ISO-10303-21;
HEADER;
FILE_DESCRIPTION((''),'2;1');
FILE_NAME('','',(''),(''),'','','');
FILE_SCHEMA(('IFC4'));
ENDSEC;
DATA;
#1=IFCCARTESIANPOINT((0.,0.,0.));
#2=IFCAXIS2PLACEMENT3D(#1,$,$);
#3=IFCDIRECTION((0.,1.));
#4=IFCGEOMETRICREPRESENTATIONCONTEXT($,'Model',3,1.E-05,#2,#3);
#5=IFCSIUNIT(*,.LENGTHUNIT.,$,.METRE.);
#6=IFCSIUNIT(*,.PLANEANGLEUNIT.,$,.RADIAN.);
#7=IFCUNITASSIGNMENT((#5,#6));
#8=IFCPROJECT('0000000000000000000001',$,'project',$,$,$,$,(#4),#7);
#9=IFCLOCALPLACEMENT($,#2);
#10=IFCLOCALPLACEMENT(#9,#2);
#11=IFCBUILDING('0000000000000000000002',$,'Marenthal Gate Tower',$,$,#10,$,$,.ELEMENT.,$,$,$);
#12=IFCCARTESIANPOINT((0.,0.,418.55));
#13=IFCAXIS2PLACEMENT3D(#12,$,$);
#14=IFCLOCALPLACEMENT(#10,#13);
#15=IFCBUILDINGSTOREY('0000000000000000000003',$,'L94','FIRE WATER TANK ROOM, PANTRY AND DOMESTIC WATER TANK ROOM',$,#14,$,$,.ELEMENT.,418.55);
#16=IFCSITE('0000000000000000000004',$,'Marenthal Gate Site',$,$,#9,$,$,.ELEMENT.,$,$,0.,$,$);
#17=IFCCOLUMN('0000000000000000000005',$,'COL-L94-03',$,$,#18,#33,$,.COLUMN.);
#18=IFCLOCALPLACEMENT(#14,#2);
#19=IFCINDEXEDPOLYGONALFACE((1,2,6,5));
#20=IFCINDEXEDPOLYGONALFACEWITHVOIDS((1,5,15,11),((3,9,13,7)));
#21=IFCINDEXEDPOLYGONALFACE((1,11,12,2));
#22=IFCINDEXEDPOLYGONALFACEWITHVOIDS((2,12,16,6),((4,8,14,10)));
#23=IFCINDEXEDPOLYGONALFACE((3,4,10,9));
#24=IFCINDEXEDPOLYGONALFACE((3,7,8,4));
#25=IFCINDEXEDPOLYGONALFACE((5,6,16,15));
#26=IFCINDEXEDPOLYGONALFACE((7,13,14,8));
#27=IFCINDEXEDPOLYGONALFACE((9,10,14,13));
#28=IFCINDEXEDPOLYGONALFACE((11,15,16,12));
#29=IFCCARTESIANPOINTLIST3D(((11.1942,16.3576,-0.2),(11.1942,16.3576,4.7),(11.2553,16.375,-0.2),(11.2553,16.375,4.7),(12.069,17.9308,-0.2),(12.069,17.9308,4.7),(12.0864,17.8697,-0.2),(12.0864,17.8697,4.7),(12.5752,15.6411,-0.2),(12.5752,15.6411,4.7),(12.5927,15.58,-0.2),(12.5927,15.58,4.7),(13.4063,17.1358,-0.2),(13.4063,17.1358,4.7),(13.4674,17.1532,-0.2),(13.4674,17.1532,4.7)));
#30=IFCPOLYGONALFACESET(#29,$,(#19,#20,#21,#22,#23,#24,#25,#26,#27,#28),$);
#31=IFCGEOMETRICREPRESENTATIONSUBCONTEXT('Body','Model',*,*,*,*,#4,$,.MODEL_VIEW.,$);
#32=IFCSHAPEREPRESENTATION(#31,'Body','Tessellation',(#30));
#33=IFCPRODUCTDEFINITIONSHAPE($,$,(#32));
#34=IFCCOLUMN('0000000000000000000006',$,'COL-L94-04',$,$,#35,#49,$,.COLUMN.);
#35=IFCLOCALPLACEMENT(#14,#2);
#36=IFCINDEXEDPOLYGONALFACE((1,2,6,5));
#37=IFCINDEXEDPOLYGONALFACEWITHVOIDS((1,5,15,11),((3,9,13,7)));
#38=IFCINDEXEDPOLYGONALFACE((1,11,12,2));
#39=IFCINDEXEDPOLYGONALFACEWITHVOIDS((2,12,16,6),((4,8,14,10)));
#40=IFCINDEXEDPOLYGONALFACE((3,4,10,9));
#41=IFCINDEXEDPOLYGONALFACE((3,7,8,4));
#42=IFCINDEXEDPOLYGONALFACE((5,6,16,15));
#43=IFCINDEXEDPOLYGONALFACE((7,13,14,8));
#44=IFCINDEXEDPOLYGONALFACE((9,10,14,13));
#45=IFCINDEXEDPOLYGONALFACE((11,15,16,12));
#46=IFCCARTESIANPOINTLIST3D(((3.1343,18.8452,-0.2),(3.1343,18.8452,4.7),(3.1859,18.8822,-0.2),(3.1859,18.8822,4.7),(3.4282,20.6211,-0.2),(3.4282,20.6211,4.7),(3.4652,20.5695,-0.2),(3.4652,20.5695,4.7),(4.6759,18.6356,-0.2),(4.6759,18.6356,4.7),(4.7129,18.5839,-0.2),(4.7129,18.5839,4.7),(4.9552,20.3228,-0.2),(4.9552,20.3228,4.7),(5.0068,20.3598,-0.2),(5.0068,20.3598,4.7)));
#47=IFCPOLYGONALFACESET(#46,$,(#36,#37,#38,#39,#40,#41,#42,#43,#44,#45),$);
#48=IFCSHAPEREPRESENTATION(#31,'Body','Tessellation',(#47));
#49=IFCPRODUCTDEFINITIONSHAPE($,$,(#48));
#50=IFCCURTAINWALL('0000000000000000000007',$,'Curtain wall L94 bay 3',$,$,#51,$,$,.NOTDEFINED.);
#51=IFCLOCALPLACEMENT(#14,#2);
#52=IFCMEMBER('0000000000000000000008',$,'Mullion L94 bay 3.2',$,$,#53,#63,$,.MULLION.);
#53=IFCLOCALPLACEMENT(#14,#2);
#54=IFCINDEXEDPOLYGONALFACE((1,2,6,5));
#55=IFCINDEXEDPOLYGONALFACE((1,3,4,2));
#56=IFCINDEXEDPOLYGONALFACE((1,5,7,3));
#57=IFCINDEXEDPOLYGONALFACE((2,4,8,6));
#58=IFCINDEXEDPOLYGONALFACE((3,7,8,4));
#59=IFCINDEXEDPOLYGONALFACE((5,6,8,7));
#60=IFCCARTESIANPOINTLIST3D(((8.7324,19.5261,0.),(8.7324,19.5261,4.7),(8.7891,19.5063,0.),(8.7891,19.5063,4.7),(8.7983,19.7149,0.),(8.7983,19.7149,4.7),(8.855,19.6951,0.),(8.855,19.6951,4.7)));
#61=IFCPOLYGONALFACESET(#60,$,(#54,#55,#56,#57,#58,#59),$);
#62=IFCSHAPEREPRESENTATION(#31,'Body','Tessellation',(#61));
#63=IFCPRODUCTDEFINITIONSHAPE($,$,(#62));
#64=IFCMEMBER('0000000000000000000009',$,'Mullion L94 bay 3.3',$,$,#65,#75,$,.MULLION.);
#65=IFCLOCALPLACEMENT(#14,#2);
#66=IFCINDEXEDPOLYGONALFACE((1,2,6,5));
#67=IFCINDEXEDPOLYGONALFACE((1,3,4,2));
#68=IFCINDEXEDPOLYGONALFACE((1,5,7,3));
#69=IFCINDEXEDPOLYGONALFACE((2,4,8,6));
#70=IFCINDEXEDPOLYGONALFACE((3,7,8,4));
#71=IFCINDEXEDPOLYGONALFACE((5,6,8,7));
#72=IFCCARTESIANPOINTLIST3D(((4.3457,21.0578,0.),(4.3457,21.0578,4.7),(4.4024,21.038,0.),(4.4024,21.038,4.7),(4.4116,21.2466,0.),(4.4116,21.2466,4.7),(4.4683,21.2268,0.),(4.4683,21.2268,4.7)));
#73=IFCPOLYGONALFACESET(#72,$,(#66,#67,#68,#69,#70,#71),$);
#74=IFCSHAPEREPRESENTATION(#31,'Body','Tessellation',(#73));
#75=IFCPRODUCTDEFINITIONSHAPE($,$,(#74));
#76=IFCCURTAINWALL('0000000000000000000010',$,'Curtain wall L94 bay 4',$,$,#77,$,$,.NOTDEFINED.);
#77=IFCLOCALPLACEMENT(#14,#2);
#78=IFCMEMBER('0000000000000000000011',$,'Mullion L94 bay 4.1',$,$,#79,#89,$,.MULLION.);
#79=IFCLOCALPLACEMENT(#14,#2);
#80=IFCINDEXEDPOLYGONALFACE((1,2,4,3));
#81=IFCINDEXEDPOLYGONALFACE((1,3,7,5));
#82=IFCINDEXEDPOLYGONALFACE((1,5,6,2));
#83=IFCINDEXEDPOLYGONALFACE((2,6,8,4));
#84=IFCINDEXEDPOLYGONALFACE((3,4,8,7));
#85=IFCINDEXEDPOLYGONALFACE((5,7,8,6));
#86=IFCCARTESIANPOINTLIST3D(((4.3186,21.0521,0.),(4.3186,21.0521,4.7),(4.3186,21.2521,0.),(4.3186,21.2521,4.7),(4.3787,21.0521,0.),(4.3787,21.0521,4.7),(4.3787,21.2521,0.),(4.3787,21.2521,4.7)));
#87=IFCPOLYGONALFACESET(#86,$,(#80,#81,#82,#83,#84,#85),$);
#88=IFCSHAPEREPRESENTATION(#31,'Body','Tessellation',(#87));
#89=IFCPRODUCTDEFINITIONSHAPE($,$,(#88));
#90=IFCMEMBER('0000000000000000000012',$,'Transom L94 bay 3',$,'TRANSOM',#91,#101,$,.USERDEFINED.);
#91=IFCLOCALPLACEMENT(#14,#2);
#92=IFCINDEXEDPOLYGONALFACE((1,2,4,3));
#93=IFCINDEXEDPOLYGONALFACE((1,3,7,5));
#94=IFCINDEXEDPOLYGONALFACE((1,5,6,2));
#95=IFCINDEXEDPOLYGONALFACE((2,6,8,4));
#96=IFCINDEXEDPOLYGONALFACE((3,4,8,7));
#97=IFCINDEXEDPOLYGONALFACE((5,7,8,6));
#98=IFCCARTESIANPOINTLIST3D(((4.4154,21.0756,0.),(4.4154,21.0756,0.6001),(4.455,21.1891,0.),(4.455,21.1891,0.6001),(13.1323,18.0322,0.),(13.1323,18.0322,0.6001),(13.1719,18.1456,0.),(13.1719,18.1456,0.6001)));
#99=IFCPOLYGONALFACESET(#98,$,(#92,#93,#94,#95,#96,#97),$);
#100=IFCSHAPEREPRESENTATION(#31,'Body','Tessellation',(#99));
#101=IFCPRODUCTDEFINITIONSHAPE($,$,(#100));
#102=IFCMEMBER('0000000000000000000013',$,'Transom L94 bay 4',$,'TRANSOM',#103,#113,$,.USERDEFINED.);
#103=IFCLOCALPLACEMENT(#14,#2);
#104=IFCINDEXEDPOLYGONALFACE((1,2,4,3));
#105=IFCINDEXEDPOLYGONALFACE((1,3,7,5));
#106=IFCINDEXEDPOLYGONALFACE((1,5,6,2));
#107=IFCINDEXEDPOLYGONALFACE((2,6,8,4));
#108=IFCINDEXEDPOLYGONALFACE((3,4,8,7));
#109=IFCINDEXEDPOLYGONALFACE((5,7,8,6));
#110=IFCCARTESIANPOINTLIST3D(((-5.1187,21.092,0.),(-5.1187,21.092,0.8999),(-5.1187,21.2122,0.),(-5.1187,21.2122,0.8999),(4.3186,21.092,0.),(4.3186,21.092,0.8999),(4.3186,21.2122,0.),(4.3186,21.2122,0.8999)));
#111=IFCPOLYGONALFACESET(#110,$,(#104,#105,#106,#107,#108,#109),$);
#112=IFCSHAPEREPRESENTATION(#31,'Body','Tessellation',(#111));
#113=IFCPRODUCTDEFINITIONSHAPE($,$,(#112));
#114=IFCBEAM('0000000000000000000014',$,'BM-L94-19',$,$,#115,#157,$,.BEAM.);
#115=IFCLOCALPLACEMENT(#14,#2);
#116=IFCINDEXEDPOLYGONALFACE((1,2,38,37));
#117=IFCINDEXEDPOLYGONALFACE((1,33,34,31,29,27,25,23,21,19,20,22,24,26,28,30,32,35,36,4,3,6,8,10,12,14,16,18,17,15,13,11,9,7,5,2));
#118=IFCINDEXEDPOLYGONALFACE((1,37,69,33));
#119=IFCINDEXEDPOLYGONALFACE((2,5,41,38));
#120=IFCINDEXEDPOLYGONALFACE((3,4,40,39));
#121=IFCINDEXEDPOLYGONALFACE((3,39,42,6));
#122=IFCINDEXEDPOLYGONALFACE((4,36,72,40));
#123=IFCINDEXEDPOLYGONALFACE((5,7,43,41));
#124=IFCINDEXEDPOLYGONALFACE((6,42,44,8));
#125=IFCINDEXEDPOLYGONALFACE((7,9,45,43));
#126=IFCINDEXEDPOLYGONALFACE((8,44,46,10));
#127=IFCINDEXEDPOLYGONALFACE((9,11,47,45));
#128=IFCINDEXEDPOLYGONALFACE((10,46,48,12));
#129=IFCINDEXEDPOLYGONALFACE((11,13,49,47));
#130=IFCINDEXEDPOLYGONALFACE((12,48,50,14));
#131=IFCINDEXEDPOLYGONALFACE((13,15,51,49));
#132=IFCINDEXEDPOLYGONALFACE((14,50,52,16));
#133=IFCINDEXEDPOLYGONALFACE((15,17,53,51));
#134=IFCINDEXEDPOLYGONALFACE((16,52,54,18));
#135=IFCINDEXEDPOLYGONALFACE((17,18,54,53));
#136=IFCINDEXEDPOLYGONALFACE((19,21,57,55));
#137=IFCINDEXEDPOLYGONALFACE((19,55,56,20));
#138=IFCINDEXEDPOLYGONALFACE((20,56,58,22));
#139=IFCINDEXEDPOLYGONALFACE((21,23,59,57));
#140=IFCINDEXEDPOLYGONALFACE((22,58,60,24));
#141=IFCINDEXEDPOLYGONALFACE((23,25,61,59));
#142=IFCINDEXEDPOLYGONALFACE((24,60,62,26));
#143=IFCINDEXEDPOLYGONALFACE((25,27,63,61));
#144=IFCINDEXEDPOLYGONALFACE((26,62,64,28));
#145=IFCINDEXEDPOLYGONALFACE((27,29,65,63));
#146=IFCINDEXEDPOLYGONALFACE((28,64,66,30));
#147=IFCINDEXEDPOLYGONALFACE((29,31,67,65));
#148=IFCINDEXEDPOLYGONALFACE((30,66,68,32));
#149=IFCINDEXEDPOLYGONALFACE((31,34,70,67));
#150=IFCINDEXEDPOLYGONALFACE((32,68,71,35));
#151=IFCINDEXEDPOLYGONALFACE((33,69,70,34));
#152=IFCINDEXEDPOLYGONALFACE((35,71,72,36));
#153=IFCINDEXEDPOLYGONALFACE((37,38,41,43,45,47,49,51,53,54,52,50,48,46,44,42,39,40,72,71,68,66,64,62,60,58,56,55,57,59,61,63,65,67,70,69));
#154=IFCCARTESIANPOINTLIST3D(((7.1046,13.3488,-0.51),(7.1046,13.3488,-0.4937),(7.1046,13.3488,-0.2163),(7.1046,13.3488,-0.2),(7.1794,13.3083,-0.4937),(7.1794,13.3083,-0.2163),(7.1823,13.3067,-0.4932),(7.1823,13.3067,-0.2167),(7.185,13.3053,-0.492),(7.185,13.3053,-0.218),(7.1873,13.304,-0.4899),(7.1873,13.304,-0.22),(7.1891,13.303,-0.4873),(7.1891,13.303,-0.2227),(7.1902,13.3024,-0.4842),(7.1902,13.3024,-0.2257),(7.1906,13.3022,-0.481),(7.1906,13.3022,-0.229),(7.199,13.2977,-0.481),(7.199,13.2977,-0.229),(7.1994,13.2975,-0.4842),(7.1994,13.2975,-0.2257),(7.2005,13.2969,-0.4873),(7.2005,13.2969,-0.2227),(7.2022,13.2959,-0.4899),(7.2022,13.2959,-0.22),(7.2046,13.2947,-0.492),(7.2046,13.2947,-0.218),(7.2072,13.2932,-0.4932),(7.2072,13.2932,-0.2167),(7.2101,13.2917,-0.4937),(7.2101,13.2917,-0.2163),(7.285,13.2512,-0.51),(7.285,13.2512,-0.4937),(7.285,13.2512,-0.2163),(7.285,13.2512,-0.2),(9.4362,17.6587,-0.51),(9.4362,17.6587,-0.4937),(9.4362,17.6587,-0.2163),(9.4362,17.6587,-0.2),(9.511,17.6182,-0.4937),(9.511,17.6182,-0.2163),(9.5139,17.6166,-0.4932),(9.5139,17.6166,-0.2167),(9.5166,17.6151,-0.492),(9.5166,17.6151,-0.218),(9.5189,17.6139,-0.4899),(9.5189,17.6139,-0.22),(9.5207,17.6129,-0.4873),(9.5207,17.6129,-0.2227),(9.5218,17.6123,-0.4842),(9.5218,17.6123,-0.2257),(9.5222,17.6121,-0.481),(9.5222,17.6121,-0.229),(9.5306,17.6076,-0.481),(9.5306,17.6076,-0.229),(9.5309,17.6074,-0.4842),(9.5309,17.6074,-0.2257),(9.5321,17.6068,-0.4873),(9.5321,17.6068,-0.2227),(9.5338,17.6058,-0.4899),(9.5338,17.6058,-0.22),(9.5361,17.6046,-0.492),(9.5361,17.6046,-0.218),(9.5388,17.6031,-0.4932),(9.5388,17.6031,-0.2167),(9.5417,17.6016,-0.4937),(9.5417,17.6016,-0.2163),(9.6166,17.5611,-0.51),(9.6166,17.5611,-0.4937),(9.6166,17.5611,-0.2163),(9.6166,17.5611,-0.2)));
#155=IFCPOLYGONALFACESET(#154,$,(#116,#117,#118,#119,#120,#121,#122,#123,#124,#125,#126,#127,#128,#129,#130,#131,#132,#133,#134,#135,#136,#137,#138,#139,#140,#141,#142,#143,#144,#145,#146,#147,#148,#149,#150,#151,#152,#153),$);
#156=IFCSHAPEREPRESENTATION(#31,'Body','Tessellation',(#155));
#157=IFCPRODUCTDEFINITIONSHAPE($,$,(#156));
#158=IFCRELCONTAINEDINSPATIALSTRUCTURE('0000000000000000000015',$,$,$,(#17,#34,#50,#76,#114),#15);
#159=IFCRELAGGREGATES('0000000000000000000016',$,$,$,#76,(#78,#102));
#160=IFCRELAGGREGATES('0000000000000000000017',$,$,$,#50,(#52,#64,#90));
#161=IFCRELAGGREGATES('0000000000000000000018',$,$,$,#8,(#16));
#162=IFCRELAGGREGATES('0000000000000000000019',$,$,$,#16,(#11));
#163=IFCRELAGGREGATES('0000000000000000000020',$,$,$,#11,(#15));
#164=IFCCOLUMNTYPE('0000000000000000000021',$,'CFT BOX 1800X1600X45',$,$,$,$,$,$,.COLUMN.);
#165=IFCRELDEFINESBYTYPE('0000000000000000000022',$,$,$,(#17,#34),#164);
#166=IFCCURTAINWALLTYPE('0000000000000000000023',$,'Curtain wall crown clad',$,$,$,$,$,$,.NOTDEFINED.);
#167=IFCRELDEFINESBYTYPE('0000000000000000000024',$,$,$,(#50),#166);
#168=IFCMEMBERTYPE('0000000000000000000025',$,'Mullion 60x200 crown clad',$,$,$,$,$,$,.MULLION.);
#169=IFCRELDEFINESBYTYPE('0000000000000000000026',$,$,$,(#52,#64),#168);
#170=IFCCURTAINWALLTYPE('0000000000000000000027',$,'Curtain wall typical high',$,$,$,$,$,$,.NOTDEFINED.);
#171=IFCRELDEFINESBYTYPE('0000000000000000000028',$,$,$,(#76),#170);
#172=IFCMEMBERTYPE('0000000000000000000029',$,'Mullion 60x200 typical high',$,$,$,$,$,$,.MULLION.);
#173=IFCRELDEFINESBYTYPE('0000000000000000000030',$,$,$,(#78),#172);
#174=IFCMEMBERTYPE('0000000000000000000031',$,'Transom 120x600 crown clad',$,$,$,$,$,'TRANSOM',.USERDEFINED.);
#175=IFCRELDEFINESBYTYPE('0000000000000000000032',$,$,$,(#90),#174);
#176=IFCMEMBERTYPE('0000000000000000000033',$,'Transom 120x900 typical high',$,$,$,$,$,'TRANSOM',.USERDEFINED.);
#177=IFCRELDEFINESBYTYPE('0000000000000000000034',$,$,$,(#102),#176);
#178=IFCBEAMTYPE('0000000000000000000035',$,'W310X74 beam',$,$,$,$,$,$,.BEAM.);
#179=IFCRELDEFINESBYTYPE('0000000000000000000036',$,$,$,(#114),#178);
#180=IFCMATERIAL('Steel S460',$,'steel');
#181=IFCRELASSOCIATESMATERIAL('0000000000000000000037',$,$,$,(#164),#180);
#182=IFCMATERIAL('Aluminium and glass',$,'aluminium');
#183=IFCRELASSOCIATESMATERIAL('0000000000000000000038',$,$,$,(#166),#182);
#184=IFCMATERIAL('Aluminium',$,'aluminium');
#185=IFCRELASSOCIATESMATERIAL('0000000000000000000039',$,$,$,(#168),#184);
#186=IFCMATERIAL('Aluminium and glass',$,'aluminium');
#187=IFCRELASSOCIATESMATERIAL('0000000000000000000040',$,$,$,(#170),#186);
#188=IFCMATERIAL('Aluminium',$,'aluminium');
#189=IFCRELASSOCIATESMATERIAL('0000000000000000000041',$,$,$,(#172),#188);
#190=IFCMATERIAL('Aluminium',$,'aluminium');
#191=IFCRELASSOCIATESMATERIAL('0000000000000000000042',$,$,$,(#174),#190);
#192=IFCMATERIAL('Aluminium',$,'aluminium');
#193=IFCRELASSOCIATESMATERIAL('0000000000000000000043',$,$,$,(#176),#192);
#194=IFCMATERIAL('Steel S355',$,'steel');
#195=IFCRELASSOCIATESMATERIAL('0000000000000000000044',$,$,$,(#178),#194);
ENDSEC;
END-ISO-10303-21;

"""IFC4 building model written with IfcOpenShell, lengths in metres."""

from ifc_helpers import new_model, si_unit, direction, frame, origin, origin_2d, place, context, subcontext, project, spatial, rectangle, hollow_rectangle, i_section, extrude, material, material_profile, profile_set, type_object, element, aggregate, save


model = new_model("IFC4")

# Units and contexts
model_context = context("Model", 3, precision=1e-05, world=origin(), true_north=direction((0.0, 1.0)))
body_context = subcontext(model_context, "Body", "Model", "MODEL_VIEW")
ifc_project = project(units=[si_unit("LENGTHUNIT", "METRE"), si_unit("PLANEANGLEUNIT", "RADIAN")], contexts=[model_context])

# Site, building, storey
site_placement = place(None, origin())
site = spatial("IfcSite", under=ifc_project, at=site_placement, Name="Marenthal Gate Site", CompositionType="ELEMENT", RefElevation=0.0)
building_placement = place(site_placement, origin())
building = spatial("IfcBuilding", under=site, at=building_placement, Name="Marenthal Gate Tower", CompositionType="ELEMENT")
storey_placement = place(building_placement, frame((0.0, 0.0, 418.55)))
storey = spatial("IfcBuildingStorey", under=building, at=storey_placement, Name="L94", Description="FIRE WATER TANK ROOM, PANTRY AND DOMESTIC WATER TANK ROOM", CompositionType="ELEMENT", Elevation=418.55)

# Columns
ifc_material_1 = material(Name="Steel S460", Category="steel")
ifc_material_profile_1 = material_profile(ifc_material_1, hollow_rectangle(XDim=1.6001, YDim=1.8, WallThickness=0.0449, at=origin_2d()), Name="CFT BOX 1800X1600X45")
ifc_material_2 = material(Name="Concrete 70 MPa", Category="concrete")
ifc_material_profile_2 = material_profile(ifc_material_2, rectangle(XDim=1.51, YDim=1.71, at=origin_2d()), Name="CFT BOX 1800X1600X45 INFILL")
ifc_profile_set_1 = profile_set([ifc_material_profile_1, ifc_material_profile_2], Name="Steel S460 shell, Concrete 70 MPa infill")
column_type = type_object("IfcColumnType", Name="CFT BOX 1800X1600X45", PredefinedType="COLUMN", material=ifc_profile_set_1)
for number, where, z_axis, x_axis, name in (
    (1, (12.3308, 16.7554, -0.2), (0.0, 0.0, 1.0), (0.87398, -0.485962, 0.0), "COL-L94-03"),
    (2, (4.0706, 19.6025, -0.2), (0.0, 0.0, 1.0), (0.986576, -0.163305, 0.0), "COL-L94-04"),
):
    element("IfcColumn", number, at=place(storey_placement, frame(where, z_axis=z_axis, x_axis=x_axis)), inside=storey, type_object=column_type, Name=name, PredefinedType="COLUMN", context=body_context, shape_type="SweptSolid", body=[
        extrude(hollow_rectangle(XDim=1.6001, YDim=1.8, WallThickness=0.0449, at=origin_2d()), origin(), (0.0, 0.0, 1.0), 4.8999),
    ])

# Curtain wall, members
ifc_material_3 = material(Name="Aluminium and glass", Category="aluminium")
curtain_wall_type_1 = type_object("IfcCurtainWallType", Name="Curtain wall crown clad", PredefinedType="NOTDEFINED", material=ifc_material_3)
curtain_wall_1_placement = place(storey_placement, origin())
curtain_wall_1 = element("IfcCurtainWall", 3, at=curtain_wall_1_placement, inside=storey, type_object=curtain_wall_type_1, Name="Curtain wall L94 bay 3", PredefinedType="NOTDEFINED")
ifc_material_4 = material(Name="Aluminium", Category="aluminium")
ifc_material_profile_3 = material_profile(ifc_material_4, rectangle(XDim=0.2, YDim=0.0601, at=origin_2d()), Name="60x200 aluminium mullion")
ifc_profile_set_2 = profile_set([ifc_material_profile_3], Name="Aluminium")
member_type_1 = type_object("IfcMemberType", Name="Mullion 60x200 crown clad", PredefinedType="MULLION", material=ifc_profile_set_2)
member_1_placement = place(storey_placement, frame((8.7937, 19.6106, 0.0), z_axis=(0.0, 0.0, 1.0), x_axis=(-0.329655, -0.944101, 0.0)))
member_1 = element("IfcMember", 4, at=member_1_placement, type_object=member_type_1, Name="Mullion L94 bay 3.2", PredefinedType="MULLION", context=body_context, shape_type="SweptSolid", body=[
    extrude(rectangle(XDim=0.2, YDim=0.0601, at=origin_2d()), origin(), (0.0, 0.0, 1.0), 4.7),
])
member_2_placement = place(storey_placement, frame((4.407, 21.1423, 0.0), z_axis=(0.0, 0.0, 1.0), x_axis=(-0.329655, -0.944101, 0.0)))
member_2 = element("IfcMember", 5, at=member_2_placement, type_object=member_type_1, Name="Mullion L94 bay 3.3", PredefinedType="MULLION", context=body_context, shape_type="SweptSolid", body=[
    extrude(rectangle(XDim=0.2, YDim=0.0601, at=origin_2d()), origin(), (0.0, 0.0, 1.0), 4.7),
])

# Curtain wall, member
ifc_material_5 = material(Name="Aluminium and glass", Category="aluminium")
curtain_wall_type_2 = type_object("IfcCurtainWallType", Name="Curtain wall typical high", PredefinedType="NOTDEFINED", material=ifc_material_5)
curtain_wall_2_placement = place(storey_placement, origin())
curtain_wall_2 = element("IfcCurtainWall", 6, at=curtain_wall_2_placement, inside=storey, type_object=curtain_wall_type_2, Name="Curtain wall L94 bay 4", PredefinedType="NOTDEFINED")
ifc_material_6 = material(Name="Aluminium", Category="aluminium")
ifc_material_profile_4 = material_profile(ifc_material_6, rectangle(XDim=0.2, YDim=0.0601, at=origin_2d()), Name="60x200 aluminium mullion")
ifc_profile_set_3 = profile_set([ifc_material_profile_4], Name="Aluminium")
member_type_2 = type_object("IfcMemberType", Name="Mullion 60x200 typical high", PredefinedType="MULLION", material=ifc_profile_set_3)
member_3_placement = place(storey_placement, frame((4.3486, 21.1521, 0.0), z_axis=(0.0, 0.0, 1.0), x_axis=(0.0, -1.0, 0.0)))
member_3 = element("IfcMember", 7, at=member_3_placement, type_object=member_type_2, Name="Mullion L94 bay 4.1", PredefinedType="MULLION", context=body_context, shape_type="SweptSolid", body=[
    extrude(rectangle(XDim=0.2, YDim=0.0601, at=origin_2d()), origin(), (0.0, 0.0, 1.0), 4.7),
])

# Members
ifc_material_7 = material(Name="Aluminium", Category="aluminium")
ifc_material_profile_5 = material_profile(ifc_material_7, rectangle(XDim=0.1201, YDim=0.6001, at=origin_2d()), Name="120x600 aluminium transom")
ifc_profile_set_4 = profile_set([ifc_material_profile_5], Name="Aluminium")
member_type_3 = type_object("IfcMemberType", Name="Transom 120x600 crown clad", ElementType="TRANSOM", PredefinedType="USERDEFINED", material=ifc_profile_set_4)
member_4_placement = place(storey_placement, frame((13.1521, 18.0889, 0.3), z_axis=(-0.944109, 0.329634, 0.0), x_axis=(-0.329634, -0.944109, 0.0)))
member_4 = element("IfcMember", 8, at=member_4_placement, type_object=member_type_3, Name="Transom L94 bay 3", ObjectType="TRANSOM", PredefinedType="USERDEFINED", context=body_context, shape_type="SweptSolid", body=[
    extrude(rectangle(XDim=0.1201, YDim=0.6001, at=origin_2d()), origin(), (0.0, 0.0, 1.0), 9.2329),
])
ifc_material_8 = material(Name="Aluminium", Category="aluminium")
ifc_material_profile_6 = material_profile(ifc_material_8, rectangle(XDim=0.1201, YDim=0.8999, at=origin_2d()), Name="120x900 aluminium transom")
ifc_profile_set_5 = profile_set([ifc_material_profile_6], Name="Aluminium")
member_type_4 = type_object("IfcMemberType", Name="Transom 120x900 typical high", ElementType="TRANSOM", PredefinedType="USERDEFINED", material=ifc_profile_set_5)
member_5_placement = place(storey_placement, frame((4.3186, 21.1521, 0.45), z_axis=(-1.0, 0.0, 0.0), x_axis=(0.0, -1.0, 0.0)))
member_5 = element("IfcMember", 9, at=member_5_placement, type_object=member_type_4, Name="Transom L94 bay 4", ObjectType="TRANSOM", PredefinedType="USERDEFINED", context=body_context, shape_type="SweptSolid", body=[
    extrude(rectangle(XDim=0.1201, YDim=0.8999, at=origin_2d()), origin(), (0.0, 0.0, 1.0), 9.4373),
])

# Beam
ifc_material_9 = material(Name="Steel S355", Category="steel")
ifc_material_profile_7 = material_profile(ifc_material_9, i_section(OverallWidth=0.2051, OverallDepth=0.3101, WebThickness=0.0095, FlangeThickness=0.0164, FilletRadius=0.0127, at=origin_2d()), Name="W310X74")
ifc_profile_set_6 = profile_set([ifc_material_profile_7], Name="Steel S355")
beam_type_1 = type_object("IfcBeamType", Name="W310X74 beam", PredefinedType="BEAM", material=ifc_profile_set_6)
beam_1_placement = place(storey_placement, frame((9.5264, 17.6099, -0.355), z_axis=(-0.475819, -0.879543, 0.0), x_axis=(0.879543, -0.475819, 0.0)))
element("IfcBeam", 10, at=beam_1_placement, inside=storey, type_object=beam_type_1, Name="BM-L94-19", PredefinedType="BEAM", context=body_context, shape_type="SweptSolid", body=[
    extrude(i_section(OverallWidth=0.2051, OverallDepth=0.3101, WebThickness=0.0095, FlangeThickness=0.0164, FilletRadius=0.0127, at=origin_2d()), origin(), (0.0, 0.0, 1.0), 4.9001),
])

aggregate(curtain_wall_2, [member_3, member_5])
aggregate(curtain_wall_1, [member_1, member_2, member_4])

save(model, "model.ifc")
